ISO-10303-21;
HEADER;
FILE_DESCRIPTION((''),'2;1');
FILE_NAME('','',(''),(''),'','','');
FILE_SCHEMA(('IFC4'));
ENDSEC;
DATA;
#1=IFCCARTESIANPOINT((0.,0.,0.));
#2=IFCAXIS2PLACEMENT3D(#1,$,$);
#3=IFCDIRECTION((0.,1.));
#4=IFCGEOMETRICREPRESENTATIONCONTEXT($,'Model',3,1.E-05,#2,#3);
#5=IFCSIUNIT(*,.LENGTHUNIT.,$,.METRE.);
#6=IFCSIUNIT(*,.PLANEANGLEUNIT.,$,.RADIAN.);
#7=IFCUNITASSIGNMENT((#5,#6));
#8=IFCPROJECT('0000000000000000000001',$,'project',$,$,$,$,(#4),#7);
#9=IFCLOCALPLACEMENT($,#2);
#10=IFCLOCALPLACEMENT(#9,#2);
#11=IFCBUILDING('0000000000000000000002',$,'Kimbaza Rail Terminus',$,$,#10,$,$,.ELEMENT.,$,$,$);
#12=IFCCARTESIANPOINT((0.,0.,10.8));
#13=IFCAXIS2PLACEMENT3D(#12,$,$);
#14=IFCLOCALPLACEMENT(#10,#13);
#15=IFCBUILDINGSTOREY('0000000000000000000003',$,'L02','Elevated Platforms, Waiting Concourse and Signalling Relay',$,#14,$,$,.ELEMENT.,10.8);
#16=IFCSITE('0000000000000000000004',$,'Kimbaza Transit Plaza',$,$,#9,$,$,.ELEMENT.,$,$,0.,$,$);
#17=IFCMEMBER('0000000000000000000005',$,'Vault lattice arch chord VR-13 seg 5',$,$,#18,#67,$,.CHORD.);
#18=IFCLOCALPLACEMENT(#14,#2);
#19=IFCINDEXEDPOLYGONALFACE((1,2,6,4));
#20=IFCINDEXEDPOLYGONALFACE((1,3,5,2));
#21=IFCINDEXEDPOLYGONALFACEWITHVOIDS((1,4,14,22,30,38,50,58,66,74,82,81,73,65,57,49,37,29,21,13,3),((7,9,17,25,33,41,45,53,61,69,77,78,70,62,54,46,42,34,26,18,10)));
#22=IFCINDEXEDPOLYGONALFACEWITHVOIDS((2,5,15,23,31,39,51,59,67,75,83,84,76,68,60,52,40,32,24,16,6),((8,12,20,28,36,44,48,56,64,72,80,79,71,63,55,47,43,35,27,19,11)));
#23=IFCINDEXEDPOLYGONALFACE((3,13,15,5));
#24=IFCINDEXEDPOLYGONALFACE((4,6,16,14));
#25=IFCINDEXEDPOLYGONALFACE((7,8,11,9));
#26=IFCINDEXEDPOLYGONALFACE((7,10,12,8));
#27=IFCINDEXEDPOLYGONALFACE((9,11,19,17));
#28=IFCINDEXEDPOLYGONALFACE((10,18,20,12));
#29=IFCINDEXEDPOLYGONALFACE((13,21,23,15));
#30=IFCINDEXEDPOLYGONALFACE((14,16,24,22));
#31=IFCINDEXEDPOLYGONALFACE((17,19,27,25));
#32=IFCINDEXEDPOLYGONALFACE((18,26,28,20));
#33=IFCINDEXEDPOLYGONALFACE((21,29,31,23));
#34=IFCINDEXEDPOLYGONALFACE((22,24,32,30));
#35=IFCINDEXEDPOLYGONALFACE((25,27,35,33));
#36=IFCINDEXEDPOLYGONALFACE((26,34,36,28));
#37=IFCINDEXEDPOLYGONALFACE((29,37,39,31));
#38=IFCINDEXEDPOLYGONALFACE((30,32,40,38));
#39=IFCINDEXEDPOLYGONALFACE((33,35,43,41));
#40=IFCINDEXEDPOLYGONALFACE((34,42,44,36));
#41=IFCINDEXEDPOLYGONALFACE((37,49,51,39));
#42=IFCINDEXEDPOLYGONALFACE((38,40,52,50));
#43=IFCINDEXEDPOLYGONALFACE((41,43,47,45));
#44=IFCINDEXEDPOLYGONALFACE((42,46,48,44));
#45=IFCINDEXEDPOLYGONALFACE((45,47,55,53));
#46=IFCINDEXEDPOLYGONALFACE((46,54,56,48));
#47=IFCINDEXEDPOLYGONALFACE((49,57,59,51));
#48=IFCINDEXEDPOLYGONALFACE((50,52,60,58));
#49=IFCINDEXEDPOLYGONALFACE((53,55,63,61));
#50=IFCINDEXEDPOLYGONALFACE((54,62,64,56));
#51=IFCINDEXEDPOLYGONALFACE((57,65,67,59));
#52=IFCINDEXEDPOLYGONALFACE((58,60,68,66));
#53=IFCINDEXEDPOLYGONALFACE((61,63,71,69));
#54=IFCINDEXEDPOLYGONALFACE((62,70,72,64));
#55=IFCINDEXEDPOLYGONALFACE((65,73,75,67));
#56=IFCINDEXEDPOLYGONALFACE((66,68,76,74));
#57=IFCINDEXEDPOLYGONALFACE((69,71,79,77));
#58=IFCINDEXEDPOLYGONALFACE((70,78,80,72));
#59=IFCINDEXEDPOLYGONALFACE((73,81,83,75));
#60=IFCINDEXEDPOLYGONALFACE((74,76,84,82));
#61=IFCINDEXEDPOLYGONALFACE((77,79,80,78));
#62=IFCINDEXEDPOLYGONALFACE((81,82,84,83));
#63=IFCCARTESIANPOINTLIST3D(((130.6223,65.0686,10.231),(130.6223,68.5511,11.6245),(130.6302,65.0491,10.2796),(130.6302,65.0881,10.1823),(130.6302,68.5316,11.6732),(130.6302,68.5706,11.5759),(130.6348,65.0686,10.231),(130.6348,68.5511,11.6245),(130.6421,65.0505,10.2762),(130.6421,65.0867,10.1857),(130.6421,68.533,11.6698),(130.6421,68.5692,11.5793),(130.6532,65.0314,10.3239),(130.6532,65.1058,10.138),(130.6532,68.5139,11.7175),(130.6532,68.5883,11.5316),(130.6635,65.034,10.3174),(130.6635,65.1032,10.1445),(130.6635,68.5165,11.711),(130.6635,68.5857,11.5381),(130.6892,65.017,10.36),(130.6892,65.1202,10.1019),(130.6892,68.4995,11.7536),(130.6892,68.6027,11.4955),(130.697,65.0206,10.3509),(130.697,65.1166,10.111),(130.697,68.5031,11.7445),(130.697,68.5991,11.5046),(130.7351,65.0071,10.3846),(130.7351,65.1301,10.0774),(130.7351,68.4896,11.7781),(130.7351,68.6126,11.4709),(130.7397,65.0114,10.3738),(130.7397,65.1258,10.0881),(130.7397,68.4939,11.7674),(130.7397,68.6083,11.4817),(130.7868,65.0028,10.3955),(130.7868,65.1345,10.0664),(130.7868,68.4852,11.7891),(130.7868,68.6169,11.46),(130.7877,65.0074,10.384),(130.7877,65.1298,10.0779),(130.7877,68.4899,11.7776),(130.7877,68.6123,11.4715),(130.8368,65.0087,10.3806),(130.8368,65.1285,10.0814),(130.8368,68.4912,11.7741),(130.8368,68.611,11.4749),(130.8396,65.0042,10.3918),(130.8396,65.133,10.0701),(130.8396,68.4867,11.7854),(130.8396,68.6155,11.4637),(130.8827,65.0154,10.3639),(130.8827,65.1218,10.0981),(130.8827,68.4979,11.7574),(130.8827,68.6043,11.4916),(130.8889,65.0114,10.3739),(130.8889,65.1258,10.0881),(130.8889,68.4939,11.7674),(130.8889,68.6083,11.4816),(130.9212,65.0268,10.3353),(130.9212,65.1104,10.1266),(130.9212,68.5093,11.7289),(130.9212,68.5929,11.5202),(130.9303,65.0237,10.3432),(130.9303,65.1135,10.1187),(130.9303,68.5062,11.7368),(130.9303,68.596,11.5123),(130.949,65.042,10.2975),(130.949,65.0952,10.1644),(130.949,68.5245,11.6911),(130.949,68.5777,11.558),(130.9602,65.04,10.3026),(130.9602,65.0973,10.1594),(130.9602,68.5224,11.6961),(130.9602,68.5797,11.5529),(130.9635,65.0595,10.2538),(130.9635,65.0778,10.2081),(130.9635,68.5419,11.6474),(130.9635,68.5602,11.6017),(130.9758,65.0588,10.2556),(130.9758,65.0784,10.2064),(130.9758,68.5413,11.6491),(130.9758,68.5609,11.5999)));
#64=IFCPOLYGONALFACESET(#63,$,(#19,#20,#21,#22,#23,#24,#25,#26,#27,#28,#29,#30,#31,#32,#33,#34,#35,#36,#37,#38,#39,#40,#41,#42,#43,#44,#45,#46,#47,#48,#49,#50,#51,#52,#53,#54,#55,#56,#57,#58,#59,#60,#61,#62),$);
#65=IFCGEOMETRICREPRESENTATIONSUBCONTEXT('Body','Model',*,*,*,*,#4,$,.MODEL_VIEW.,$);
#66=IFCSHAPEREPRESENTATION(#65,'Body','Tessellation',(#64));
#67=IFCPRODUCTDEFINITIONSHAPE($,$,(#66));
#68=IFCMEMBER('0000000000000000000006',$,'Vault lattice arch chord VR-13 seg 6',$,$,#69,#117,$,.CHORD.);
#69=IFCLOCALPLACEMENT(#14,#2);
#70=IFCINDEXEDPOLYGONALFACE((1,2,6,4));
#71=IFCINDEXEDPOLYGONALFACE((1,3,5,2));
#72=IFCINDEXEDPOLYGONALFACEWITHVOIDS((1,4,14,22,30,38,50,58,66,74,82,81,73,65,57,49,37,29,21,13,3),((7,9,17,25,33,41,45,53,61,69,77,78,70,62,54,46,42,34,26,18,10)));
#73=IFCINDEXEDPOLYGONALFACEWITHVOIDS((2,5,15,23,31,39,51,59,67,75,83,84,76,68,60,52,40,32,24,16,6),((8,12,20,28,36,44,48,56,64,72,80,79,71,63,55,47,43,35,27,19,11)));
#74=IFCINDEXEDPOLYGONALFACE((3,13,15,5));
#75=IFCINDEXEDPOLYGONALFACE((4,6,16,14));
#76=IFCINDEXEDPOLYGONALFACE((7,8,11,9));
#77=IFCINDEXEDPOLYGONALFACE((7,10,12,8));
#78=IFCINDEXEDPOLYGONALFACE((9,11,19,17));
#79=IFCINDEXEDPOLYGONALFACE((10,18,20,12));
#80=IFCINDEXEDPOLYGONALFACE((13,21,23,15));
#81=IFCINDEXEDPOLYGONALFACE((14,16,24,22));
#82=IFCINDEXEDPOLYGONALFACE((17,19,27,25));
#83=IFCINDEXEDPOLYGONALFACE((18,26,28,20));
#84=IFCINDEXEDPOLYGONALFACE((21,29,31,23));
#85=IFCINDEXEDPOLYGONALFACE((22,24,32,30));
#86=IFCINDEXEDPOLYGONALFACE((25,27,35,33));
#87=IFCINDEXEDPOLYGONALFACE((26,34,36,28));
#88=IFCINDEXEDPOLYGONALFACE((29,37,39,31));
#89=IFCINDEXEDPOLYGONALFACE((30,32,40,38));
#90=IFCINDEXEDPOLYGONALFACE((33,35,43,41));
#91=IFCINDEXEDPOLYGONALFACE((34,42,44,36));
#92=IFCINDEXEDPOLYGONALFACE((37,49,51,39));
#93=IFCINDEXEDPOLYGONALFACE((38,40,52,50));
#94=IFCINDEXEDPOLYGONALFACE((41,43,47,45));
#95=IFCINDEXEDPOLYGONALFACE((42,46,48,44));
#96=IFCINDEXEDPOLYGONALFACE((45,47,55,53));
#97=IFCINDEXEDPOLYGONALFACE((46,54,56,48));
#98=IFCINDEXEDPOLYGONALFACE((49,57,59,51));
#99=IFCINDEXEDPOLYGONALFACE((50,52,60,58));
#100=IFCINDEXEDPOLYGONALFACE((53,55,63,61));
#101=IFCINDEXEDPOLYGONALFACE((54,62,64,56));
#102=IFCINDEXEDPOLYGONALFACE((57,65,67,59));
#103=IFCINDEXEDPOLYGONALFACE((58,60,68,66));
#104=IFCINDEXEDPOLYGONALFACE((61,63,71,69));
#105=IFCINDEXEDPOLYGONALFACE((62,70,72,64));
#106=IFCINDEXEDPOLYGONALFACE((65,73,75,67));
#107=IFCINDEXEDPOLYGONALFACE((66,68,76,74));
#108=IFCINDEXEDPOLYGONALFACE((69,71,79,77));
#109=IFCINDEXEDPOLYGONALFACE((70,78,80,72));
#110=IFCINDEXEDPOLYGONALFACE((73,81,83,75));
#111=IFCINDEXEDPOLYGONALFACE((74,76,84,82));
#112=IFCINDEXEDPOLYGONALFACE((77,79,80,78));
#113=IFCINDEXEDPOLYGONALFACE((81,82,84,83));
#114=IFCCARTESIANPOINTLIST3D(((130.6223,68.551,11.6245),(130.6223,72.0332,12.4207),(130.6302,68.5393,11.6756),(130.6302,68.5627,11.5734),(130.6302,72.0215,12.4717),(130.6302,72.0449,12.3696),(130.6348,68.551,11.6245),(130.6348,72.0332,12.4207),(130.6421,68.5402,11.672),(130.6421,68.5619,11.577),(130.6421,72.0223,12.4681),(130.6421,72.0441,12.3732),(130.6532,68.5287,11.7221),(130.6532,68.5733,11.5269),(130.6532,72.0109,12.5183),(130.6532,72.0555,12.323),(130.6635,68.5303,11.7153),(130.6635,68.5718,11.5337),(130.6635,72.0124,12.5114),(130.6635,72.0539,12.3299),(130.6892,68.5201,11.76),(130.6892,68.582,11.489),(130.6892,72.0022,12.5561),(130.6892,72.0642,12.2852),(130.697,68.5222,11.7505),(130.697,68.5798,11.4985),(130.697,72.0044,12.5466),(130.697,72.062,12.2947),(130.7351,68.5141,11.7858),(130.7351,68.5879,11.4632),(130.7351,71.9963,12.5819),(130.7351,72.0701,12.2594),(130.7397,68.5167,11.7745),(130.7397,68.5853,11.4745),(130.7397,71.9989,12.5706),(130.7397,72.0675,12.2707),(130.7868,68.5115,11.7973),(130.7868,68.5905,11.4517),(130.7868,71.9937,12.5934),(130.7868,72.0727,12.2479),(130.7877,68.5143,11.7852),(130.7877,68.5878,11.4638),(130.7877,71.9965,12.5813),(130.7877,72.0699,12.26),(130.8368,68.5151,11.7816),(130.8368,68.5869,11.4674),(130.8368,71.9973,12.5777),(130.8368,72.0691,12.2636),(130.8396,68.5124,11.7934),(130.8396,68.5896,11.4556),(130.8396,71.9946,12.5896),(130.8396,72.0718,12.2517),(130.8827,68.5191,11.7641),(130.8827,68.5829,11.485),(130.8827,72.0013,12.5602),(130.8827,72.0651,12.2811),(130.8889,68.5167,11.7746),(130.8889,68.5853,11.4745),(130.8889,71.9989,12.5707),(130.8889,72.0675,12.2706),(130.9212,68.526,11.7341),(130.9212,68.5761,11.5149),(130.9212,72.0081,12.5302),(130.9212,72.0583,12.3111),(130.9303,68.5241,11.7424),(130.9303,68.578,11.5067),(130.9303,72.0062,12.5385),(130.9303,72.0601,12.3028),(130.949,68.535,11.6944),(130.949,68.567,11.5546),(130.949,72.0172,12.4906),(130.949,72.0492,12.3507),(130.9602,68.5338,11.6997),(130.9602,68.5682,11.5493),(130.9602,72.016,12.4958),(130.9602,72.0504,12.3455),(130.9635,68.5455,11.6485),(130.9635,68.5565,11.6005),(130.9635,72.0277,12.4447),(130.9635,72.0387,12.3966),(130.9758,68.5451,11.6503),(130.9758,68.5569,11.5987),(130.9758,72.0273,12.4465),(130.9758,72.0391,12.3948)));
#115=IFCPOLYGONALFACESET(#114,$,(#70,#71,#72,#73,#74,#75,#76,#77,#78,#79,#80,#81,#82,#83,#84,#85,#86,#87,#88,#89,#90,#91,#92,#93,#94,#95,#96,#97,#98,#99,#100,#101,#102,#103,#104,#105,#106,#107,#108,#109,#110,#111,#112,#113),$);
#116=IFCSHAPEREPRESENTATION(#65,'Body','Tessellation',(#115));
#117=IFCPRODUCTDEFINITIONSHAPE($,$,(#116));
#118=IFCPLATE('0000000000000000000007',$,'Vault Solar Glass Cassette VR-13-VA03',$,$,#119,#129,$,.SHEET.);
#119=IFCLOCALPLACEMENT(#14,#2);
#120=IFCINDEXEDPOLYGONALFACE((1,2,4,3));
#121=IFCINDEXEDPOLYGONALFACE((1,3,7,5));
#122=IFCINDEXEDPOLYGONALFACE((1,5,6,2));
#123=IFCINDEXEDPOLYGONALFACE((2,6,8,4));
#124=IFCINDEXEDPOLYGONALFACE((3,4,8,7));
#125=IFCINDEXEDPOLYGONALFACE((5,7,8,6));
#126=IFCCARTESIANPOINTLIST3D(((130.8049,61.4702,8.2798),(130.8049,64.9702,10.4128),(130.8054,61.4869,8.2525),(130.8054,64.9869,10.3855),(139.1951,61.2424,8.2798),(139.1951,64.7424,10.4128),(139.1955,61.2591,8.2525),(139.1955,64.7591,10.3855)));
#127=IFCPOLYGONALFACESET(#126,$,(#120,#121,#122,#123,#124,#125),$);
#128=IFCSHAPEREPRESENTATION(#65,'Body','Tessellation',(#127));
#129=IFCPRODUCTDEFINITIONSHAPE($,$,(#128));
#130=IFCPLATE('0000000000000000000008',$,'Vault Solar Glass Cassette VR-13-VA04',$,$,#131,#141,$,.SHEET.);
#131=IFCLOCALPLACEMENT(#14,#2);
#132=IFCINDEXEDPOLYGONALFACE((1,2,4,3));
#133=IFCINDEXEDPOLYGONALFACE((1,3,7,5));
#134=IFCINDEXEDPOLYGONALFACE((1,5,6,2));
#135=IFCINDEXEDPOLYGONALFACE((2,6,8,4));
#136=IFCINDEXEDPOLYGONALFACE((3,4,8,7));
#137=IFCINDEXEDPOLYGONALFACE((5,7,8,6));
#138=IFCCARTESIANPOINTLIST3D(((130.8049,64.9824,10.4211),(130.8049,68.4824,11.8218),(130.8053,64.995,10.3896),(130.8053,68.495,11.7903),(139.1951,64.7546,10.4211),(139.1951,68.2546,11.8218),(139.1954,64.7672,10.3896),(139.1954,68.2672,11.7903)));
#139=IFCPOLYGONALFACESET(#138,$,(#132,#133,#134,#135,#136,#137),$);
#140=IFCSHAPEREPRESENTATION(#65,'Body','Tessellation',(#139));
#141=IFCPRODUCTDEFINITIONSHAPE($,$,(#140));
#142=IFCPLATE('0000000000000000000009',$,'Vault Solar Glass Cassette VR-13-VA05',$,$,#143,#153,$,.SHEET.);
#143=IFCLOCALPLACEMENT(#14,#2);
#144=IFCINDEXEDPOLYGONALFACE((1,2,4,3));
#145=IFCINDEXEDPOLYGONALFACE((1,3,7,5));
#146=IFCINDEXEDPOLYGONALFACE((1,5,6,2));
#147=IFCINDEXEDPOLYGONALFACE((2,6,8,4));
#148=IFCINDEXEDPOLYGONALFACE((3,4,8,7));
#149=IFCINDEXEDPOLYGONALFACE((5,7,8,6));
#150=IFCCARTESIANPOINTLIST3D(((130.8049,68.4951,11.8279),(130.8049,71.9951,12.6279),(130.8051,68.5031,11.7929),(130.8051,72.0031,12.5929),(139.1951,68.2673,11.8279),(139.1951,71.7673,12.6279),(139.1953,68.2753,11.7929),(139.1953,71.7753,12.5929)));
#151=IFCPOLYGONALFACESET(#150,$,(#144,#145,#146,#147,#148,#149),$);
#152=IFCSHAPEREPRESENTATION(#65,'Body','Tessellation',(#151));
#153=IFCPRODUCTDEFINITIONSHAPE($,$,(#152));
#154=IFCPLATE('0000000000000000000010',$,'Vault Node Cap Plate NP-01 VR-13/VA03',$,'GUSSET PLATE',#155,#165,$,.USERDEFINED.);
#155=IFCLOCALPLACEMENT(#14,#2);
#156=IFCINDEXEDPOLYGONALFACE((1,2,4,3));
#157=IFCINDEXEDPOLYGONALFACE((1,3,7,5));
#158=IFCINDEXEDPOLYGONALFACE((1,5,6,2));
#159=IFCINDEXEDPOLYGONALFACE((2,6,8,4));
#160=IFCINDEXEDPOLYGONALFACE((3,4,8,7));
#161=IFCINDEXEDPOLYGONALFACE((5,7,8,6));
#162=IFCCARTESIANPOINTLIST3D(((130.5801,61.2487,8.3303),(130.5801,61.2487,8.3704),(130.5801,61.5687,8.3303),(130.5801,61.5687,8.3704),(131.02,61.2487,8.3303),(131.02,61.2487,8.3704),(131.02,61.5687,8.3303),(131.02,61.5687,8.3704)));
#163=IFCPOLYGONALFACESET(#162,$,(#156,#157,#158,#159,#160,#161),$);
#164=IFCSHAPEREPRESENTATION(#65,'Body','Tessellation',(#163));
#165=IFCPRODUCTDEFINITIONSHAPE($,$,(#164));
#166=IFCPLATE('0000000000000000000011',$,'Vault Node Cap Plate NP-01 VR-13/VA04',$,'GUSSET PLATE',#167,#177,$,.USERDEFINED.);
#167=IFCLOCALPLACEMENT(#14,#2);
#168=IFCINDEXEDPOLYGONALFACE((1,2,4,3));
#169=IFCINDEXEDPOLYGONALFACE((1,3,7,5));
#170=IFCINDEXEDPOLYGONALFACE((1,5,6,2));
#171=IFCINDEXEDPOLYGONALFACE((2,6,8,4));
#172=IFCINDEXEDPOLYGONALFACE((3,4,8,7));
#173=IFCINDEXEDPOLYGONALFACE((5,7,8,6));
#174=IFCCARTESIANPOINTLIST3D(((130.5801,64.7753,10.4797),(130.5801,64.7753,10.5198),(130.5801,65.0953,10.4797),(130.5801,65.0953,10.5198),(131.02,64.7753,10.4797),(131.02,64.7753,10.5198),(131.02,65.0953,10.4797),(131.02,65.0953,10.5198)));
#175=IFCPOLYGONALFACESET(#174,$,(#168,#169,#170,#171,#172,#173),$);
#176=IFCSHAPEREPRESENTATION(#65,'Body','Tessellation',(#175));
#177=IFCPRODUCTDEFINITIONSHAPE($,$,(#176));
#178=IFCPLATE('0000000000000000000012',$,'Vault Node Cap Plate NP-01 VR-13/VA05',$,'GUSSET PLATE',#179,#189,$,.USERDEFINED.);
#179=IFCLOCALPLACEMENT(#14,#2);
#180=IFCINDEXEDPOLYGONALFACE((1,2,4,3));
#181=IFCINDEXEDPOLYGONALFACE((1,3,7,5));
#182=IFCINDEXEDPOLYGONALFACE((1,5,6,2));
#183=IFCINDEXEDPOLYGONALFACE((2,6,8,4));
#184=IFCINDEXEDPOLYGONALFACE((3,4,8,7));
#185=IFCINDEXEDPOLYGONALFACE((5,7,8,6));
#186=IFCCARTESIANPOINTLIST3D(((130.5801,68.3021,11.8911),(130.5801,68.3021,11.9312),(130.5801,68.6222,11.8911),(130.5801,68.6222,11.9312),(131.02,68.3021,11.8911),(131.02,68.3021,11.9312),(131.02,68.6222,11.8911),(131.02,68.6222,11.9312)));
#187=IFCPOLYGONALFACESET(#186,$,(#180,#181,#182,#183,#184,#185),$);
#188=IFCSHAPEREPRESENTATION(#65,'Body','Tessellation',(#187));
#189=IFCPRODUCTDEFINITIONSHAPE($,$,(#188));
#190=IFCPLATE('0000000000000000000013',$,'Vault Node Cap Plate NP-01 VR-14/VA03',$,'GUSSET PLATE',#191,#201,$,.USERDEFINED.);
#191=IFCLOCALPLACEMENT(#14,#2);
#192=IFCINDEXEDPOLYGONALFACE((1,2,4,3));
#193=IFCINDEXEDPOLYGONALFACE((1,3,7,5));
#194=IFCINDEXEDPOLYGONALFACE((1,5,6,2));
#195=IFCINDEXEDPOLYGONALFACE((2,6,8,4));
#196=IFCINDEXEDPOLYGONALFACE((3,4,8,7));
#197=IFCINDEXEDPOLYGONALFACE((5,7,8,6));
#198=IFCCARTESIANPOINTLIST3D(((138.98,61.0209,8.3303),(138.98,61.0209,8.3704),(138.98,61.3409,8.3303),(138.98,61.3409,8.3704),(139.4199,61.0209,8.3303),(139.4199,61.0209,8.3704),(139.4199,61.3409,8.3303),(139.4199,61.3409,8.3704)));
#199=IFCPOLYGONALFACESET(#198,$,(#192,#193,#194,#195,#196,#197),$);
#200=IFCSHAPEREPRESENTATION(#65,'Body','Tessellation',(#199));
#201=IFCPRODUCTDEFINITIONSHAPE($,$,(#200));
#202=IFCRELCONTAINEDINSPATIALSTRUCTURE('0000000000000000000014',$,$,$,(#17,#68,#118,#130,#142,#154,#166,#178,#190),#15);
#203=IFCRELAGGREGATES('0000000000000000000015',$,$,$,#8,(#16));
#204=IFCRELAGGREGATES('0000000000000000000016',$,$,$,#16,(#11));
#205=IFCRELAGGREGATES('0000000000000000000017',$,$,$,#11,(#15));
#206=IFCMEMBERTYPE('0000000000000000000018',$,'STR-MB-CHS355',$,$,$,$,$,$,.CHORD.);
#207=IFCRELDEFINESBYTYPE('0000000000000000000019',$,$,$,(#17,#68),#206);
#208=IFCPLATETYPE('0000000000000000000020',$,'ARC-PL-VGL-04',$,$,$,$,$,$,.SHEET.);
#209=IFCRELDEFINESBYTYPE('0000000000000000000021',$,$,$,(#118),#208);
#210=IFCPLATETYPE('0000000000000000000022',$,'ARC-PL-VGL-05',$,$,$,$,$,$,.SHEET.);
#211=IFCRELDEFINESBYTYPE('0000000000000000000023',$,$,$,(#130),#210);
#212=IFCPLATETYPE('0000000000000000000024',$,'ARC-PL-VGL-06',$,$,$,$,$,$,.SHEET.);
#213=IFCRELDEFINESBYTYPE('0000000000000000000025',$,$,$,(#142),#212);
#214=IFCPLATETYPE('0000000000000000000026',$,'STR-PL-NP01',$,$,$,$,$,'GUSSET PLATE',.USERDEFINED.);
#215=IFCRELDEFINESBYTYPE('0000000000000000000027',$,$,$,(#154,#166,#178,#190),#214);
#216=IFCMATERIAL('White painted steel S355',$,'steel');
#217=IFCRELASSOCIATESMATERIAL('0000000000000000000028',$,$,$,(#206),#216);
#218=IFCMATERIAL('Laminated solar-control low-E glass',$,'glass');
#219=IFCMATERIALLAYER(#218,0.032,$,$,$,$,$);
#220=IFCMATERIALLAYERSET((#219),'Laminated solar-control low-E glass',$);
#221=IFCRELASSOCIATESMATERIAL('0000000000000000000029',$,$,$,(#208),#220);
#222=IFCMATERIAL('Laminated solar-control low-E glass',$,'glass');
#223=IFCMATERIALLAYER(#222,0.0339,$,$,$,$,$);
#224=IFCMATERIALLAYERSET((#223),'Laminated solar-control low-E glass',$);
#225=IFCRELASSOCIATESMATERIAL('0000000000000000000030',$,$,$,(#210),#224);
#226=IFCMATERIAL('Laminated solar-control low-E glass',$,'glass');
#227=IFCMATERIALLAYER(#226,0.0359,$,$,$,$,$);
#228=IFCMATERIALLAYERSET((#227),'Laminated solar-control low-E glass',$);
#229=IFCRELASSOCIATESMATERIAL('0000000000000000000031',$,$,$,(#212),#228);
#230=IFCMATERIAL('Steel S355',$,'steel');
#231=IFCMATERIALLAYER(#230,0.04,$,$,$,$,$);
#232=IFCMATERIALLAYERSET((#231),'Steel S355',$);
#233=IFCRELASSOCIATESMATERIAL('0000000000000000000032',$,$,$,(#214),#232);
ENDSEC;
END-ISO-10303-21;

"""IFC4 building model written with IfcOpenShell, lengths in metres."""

from ifc_helpers import new_model, si_unit, direction, frame, origin, origin_2d, place, context, subcontext, project, spatial, polyline, rectangle, hollow_circle, outline, extrude, material, layer, layer_set, material_profile, profile_set, type_object, element, save


model = new_model("IFC4")

# Units and contexts
model_context = context("Model", 3, precision=1e-05, world=origin(), true_north=direction((0.0, 1.0)))
body_context = subcontext(model_context, "Body", "Model", "MODEL_VIEW")
ifc_project = project(units=[si_unit("LENGTHUNIT", "METRE"), si_unit("PLANEANGLEUNIT", "RADIAN")], contexts=[model_context])

# Site, building, storey
site_placement = place(None, origin())
site = spatial("IfcSite", under=ifc_project, at=site_placement, Name="Kimbaza Transit Plaza", CompositionType="ELEMENT", RefElevation=0.0)
building_placement = place(site_placement, origin())
building = spatial("IfcBuilding", under=site, at=building_placement, Name="Kimbaza Rail Terminus", CompositionType="ELEMENT")
storey_placement = place(building_placement, frame((0.0, 0.0, 10.8)))
storey = spatial("IfcBuildingStorey", under=building, at=storey_placement, Name="L02", Description="Elevated Platforms, Waiting Concourse and Signalling Relay", CompositionType="ELEMENT", Elevation=10.8)

# Members
ifc_material_1 = material(Name="White painted steel S355", Category="steel")
ifc_material_profile_1 = material_profile(ifc_material_1, hollow_circle(Radius=0.1777, WallThickness=0.0125, at=origin_2d()), Name="CHS 355.6x12.5")
ifc_profile_set_1 = profile_set([ifc_material_profile_1], Name="White painted steel S355")
member_type_1 = type_object("IfcMemberType", Name="STR-MB-CHS355", PredefinedType="CHORD", material=ifc_profile_set_1)
member_1_placement = place(storey_placement, frame((130.8, 65.0686, 10.231), z_axis=(0.0, 0.928423, 0.371525), x_axis=(-1.0, 0.0, 0.0)))
element("IfcMember", 1, at=member_1_placement, inside=storey, type_object=member_type_1, Name="Vault lattice arch chord VR-13 seg 5", PredefinedType="CHORD", context=body_context, shape_type="SweptSolid", body=[
    extrude(hollow_circle(Radius=0.1777, WallThickness=0.0125, at=origin_2d()), origin(), (0.0, 0.0, 1.0), 3.751),
])
member_2_placement = place(storey_placement, frame((130.8, 68.551, 11.6245), z_axis=(0.0, 0.974845, 0.222882), x_axis=(-1.0, 0.0, 0.0)))
element("IfcMember", 2, at=member_2_placement, inside=storey, type_object=member_type_1, Name="Vault lattice arch chord VR-13 seg 6", PredefinedType="CHORD", context=body_context, shape_type="SweptSolid", body=[
    extrude(hollow_circle(Radius=0.1777, WallThickness=0.0125, at=origin_2d()), origin(), (0.0, 0.0, 1.0), 3.572),
])

# Plates
ifc_material_2 = material(Name="Laminated solar-control low-E glass", Category="glass")
ifc_layer_1 = layer(ifc_material_2, 0.032)
ifc_layer_set_1 = layer_set([ifc_layer_1], Name="Laminated solar-control low-E glass")
plate_type_1 = type_object("IfcPlateType", Name="ARC-PL-VGL-04", PredefinedType="SHEET", material=ifc_layer_set_1)
plate_1_placement = place(storey_placement, frame((130.8049, 61.4702, 8.2798), z_axis=(-0.014127, -0.520362, 0.853829), x_axis=(0.999632, -0.027139, 0.0)))
element("IfcPlate", 3, at=plate_1_placement, inside=storey, type_object=plate_type_1, Name="Vault Solar Glass Cassette VR-13-VA03", PredefinedType="SHEET", context=body_context, shape_type="SweptSolid", body=[
    extrude(outline(polyline([(0.0, 0.0), (8.3932, 0.0), (8.2982, 4.0977), (-0.095, 4.0977), (0.0, 0.0)])), origin(), (0.0, 0.0, -1.0), 0.032),
])
ifc_material_3 = material(Name="Laminated solar-control low-E glass", Category="glass")
ifc_layer_2 = layer(ifc_material_3, 0.0339)
ifc_layer_set_2 = layer_set([ifc_layer_2], Name="Laminated solar-control low-E glass")
plate_type_2 = type_object("IfcPlateType", Name="ARC-PL-VGL-05", PredefinedType="SHEET", material=ifc_layer_set_2)
plate_2_placement = place(storey_placement, frame((130.8049, 64.9824, 10.4211), z_axis=(-0.010086, -0.371517, 0.928371), x_axis=(0.999632, -0.027139, 0.0)))
element("IfcPlate", 4, at=plate_2_placement, inside=storey, type_object=plate_type_2, Name="Vault Solar Glass Cassette VR-13-VA04", PredefinedType="SHEET", context=body_context, shape_type="SweptSolid", body=[
    extrude(outline(polyline([(0.0, 0.0), (8.3932, 0.0), (8.2982, 3.7687), (-0.095, 3.7687), (0.0, 0.0)])), origin(), (0.0, 0.0, -1.0), 0.0339),
])
ifc_material_4 = material(Name="Laminated solar-control low-E glass", Category="glass")
ifc_layer_3 = layer(ifc_material_4, 0.0359)
ifc_layer_set_3 = layer_set([ifc_layer_3], Name="Laminated solar-control low-E glass")
plate_type_3 = type_object("IfcPlateType", Name="ARC-PL-VGL-06", PredefinedType="SHEET", material=ifc_layer_set_3)
plate_3_placement = place(storey_placement, frame((130.8049, 68.4951, 11.8279), z_axis=(-0.00605, -0.222834, 0.974838), x_axis=(0.999632, -0.027139, 0.0)))
element("IfcPlate", 5, at=plate_3_placement, inside=storey, type_object=plate_type_3, Name="Vault Solar Glass Cassette VR-13-VA05", PredefinedType="SHEET", context=body_context, shape_type="SweptSolid", body=[
    extrude(outline(polyline([(0.0, 0.0), (8.3932, 0.0), (8.2982, 3.589), (-0.095, 3.589), (0.0, 0.0)])), origin(), (0.0, 0.0, -1.0), 0.0359),
])
ifc_material_5 = material(Name="Steel S355", Category="steel")
ifc_layer_4 = layer(ifc_material_5, 0.04)
ifc_layer_set_4 = layer_set([ifc_layer_4], Name="Steel S355")
plate_type_4 = type_object("IfcPlateType", Name="STR-PL-NP01", ElementType="GUSSET PLATE", PredefinedType="USERDEFINED", material=ifc_layer_set_4)
for number, where, z_axis, x_axis, name in (
    (6, (130.8, 61.4087, 8.3303), (0.0, 0.0, 1.0), (1.0, 0.0, 0.0), "Vault Node Cap Plate NP-01 VR-13/VA03"),
    (7, (130.8, 64.9353, 10.4797), (0.0, 0.0, 1.0), (1.0, 0.0, 0.0), "Vault Node Cap Plate NP-01 VR-13/VA04"),
    (8, (130.8, 68.4622, 11.8911), (0.0, 0.0, 1.0), (1.0, 0.0, 0.0), "Vault Node Cap Plate NP-01 VR-13/VA05"),
    (9, (139.2, 61.1809, 8.3303), (0.0, 0.0, 1.0), (1.0, 0.0, 0.0), "Vault Node Cap Plate NP-01 VR-14/VA03"),
):
    element("IfcPlate", number, at=place(storey_placement, frame(where, z_axis=z_axis, x_axis=x_axis)), inside=storey, type_object=plate_type_4, Name=name, ObjectType="GUSSET PLATE", PredefinedType="USERDEFINED", context=body_context, shape_type="SweptSolid", body=[
        extrude(rectangle(XDim=0.4399, YDim=0.3201, at=origin_2d()), origin(), (0.0, 0.0, 1.0), 0.04),
    ])

save(model, "model.ifc")
